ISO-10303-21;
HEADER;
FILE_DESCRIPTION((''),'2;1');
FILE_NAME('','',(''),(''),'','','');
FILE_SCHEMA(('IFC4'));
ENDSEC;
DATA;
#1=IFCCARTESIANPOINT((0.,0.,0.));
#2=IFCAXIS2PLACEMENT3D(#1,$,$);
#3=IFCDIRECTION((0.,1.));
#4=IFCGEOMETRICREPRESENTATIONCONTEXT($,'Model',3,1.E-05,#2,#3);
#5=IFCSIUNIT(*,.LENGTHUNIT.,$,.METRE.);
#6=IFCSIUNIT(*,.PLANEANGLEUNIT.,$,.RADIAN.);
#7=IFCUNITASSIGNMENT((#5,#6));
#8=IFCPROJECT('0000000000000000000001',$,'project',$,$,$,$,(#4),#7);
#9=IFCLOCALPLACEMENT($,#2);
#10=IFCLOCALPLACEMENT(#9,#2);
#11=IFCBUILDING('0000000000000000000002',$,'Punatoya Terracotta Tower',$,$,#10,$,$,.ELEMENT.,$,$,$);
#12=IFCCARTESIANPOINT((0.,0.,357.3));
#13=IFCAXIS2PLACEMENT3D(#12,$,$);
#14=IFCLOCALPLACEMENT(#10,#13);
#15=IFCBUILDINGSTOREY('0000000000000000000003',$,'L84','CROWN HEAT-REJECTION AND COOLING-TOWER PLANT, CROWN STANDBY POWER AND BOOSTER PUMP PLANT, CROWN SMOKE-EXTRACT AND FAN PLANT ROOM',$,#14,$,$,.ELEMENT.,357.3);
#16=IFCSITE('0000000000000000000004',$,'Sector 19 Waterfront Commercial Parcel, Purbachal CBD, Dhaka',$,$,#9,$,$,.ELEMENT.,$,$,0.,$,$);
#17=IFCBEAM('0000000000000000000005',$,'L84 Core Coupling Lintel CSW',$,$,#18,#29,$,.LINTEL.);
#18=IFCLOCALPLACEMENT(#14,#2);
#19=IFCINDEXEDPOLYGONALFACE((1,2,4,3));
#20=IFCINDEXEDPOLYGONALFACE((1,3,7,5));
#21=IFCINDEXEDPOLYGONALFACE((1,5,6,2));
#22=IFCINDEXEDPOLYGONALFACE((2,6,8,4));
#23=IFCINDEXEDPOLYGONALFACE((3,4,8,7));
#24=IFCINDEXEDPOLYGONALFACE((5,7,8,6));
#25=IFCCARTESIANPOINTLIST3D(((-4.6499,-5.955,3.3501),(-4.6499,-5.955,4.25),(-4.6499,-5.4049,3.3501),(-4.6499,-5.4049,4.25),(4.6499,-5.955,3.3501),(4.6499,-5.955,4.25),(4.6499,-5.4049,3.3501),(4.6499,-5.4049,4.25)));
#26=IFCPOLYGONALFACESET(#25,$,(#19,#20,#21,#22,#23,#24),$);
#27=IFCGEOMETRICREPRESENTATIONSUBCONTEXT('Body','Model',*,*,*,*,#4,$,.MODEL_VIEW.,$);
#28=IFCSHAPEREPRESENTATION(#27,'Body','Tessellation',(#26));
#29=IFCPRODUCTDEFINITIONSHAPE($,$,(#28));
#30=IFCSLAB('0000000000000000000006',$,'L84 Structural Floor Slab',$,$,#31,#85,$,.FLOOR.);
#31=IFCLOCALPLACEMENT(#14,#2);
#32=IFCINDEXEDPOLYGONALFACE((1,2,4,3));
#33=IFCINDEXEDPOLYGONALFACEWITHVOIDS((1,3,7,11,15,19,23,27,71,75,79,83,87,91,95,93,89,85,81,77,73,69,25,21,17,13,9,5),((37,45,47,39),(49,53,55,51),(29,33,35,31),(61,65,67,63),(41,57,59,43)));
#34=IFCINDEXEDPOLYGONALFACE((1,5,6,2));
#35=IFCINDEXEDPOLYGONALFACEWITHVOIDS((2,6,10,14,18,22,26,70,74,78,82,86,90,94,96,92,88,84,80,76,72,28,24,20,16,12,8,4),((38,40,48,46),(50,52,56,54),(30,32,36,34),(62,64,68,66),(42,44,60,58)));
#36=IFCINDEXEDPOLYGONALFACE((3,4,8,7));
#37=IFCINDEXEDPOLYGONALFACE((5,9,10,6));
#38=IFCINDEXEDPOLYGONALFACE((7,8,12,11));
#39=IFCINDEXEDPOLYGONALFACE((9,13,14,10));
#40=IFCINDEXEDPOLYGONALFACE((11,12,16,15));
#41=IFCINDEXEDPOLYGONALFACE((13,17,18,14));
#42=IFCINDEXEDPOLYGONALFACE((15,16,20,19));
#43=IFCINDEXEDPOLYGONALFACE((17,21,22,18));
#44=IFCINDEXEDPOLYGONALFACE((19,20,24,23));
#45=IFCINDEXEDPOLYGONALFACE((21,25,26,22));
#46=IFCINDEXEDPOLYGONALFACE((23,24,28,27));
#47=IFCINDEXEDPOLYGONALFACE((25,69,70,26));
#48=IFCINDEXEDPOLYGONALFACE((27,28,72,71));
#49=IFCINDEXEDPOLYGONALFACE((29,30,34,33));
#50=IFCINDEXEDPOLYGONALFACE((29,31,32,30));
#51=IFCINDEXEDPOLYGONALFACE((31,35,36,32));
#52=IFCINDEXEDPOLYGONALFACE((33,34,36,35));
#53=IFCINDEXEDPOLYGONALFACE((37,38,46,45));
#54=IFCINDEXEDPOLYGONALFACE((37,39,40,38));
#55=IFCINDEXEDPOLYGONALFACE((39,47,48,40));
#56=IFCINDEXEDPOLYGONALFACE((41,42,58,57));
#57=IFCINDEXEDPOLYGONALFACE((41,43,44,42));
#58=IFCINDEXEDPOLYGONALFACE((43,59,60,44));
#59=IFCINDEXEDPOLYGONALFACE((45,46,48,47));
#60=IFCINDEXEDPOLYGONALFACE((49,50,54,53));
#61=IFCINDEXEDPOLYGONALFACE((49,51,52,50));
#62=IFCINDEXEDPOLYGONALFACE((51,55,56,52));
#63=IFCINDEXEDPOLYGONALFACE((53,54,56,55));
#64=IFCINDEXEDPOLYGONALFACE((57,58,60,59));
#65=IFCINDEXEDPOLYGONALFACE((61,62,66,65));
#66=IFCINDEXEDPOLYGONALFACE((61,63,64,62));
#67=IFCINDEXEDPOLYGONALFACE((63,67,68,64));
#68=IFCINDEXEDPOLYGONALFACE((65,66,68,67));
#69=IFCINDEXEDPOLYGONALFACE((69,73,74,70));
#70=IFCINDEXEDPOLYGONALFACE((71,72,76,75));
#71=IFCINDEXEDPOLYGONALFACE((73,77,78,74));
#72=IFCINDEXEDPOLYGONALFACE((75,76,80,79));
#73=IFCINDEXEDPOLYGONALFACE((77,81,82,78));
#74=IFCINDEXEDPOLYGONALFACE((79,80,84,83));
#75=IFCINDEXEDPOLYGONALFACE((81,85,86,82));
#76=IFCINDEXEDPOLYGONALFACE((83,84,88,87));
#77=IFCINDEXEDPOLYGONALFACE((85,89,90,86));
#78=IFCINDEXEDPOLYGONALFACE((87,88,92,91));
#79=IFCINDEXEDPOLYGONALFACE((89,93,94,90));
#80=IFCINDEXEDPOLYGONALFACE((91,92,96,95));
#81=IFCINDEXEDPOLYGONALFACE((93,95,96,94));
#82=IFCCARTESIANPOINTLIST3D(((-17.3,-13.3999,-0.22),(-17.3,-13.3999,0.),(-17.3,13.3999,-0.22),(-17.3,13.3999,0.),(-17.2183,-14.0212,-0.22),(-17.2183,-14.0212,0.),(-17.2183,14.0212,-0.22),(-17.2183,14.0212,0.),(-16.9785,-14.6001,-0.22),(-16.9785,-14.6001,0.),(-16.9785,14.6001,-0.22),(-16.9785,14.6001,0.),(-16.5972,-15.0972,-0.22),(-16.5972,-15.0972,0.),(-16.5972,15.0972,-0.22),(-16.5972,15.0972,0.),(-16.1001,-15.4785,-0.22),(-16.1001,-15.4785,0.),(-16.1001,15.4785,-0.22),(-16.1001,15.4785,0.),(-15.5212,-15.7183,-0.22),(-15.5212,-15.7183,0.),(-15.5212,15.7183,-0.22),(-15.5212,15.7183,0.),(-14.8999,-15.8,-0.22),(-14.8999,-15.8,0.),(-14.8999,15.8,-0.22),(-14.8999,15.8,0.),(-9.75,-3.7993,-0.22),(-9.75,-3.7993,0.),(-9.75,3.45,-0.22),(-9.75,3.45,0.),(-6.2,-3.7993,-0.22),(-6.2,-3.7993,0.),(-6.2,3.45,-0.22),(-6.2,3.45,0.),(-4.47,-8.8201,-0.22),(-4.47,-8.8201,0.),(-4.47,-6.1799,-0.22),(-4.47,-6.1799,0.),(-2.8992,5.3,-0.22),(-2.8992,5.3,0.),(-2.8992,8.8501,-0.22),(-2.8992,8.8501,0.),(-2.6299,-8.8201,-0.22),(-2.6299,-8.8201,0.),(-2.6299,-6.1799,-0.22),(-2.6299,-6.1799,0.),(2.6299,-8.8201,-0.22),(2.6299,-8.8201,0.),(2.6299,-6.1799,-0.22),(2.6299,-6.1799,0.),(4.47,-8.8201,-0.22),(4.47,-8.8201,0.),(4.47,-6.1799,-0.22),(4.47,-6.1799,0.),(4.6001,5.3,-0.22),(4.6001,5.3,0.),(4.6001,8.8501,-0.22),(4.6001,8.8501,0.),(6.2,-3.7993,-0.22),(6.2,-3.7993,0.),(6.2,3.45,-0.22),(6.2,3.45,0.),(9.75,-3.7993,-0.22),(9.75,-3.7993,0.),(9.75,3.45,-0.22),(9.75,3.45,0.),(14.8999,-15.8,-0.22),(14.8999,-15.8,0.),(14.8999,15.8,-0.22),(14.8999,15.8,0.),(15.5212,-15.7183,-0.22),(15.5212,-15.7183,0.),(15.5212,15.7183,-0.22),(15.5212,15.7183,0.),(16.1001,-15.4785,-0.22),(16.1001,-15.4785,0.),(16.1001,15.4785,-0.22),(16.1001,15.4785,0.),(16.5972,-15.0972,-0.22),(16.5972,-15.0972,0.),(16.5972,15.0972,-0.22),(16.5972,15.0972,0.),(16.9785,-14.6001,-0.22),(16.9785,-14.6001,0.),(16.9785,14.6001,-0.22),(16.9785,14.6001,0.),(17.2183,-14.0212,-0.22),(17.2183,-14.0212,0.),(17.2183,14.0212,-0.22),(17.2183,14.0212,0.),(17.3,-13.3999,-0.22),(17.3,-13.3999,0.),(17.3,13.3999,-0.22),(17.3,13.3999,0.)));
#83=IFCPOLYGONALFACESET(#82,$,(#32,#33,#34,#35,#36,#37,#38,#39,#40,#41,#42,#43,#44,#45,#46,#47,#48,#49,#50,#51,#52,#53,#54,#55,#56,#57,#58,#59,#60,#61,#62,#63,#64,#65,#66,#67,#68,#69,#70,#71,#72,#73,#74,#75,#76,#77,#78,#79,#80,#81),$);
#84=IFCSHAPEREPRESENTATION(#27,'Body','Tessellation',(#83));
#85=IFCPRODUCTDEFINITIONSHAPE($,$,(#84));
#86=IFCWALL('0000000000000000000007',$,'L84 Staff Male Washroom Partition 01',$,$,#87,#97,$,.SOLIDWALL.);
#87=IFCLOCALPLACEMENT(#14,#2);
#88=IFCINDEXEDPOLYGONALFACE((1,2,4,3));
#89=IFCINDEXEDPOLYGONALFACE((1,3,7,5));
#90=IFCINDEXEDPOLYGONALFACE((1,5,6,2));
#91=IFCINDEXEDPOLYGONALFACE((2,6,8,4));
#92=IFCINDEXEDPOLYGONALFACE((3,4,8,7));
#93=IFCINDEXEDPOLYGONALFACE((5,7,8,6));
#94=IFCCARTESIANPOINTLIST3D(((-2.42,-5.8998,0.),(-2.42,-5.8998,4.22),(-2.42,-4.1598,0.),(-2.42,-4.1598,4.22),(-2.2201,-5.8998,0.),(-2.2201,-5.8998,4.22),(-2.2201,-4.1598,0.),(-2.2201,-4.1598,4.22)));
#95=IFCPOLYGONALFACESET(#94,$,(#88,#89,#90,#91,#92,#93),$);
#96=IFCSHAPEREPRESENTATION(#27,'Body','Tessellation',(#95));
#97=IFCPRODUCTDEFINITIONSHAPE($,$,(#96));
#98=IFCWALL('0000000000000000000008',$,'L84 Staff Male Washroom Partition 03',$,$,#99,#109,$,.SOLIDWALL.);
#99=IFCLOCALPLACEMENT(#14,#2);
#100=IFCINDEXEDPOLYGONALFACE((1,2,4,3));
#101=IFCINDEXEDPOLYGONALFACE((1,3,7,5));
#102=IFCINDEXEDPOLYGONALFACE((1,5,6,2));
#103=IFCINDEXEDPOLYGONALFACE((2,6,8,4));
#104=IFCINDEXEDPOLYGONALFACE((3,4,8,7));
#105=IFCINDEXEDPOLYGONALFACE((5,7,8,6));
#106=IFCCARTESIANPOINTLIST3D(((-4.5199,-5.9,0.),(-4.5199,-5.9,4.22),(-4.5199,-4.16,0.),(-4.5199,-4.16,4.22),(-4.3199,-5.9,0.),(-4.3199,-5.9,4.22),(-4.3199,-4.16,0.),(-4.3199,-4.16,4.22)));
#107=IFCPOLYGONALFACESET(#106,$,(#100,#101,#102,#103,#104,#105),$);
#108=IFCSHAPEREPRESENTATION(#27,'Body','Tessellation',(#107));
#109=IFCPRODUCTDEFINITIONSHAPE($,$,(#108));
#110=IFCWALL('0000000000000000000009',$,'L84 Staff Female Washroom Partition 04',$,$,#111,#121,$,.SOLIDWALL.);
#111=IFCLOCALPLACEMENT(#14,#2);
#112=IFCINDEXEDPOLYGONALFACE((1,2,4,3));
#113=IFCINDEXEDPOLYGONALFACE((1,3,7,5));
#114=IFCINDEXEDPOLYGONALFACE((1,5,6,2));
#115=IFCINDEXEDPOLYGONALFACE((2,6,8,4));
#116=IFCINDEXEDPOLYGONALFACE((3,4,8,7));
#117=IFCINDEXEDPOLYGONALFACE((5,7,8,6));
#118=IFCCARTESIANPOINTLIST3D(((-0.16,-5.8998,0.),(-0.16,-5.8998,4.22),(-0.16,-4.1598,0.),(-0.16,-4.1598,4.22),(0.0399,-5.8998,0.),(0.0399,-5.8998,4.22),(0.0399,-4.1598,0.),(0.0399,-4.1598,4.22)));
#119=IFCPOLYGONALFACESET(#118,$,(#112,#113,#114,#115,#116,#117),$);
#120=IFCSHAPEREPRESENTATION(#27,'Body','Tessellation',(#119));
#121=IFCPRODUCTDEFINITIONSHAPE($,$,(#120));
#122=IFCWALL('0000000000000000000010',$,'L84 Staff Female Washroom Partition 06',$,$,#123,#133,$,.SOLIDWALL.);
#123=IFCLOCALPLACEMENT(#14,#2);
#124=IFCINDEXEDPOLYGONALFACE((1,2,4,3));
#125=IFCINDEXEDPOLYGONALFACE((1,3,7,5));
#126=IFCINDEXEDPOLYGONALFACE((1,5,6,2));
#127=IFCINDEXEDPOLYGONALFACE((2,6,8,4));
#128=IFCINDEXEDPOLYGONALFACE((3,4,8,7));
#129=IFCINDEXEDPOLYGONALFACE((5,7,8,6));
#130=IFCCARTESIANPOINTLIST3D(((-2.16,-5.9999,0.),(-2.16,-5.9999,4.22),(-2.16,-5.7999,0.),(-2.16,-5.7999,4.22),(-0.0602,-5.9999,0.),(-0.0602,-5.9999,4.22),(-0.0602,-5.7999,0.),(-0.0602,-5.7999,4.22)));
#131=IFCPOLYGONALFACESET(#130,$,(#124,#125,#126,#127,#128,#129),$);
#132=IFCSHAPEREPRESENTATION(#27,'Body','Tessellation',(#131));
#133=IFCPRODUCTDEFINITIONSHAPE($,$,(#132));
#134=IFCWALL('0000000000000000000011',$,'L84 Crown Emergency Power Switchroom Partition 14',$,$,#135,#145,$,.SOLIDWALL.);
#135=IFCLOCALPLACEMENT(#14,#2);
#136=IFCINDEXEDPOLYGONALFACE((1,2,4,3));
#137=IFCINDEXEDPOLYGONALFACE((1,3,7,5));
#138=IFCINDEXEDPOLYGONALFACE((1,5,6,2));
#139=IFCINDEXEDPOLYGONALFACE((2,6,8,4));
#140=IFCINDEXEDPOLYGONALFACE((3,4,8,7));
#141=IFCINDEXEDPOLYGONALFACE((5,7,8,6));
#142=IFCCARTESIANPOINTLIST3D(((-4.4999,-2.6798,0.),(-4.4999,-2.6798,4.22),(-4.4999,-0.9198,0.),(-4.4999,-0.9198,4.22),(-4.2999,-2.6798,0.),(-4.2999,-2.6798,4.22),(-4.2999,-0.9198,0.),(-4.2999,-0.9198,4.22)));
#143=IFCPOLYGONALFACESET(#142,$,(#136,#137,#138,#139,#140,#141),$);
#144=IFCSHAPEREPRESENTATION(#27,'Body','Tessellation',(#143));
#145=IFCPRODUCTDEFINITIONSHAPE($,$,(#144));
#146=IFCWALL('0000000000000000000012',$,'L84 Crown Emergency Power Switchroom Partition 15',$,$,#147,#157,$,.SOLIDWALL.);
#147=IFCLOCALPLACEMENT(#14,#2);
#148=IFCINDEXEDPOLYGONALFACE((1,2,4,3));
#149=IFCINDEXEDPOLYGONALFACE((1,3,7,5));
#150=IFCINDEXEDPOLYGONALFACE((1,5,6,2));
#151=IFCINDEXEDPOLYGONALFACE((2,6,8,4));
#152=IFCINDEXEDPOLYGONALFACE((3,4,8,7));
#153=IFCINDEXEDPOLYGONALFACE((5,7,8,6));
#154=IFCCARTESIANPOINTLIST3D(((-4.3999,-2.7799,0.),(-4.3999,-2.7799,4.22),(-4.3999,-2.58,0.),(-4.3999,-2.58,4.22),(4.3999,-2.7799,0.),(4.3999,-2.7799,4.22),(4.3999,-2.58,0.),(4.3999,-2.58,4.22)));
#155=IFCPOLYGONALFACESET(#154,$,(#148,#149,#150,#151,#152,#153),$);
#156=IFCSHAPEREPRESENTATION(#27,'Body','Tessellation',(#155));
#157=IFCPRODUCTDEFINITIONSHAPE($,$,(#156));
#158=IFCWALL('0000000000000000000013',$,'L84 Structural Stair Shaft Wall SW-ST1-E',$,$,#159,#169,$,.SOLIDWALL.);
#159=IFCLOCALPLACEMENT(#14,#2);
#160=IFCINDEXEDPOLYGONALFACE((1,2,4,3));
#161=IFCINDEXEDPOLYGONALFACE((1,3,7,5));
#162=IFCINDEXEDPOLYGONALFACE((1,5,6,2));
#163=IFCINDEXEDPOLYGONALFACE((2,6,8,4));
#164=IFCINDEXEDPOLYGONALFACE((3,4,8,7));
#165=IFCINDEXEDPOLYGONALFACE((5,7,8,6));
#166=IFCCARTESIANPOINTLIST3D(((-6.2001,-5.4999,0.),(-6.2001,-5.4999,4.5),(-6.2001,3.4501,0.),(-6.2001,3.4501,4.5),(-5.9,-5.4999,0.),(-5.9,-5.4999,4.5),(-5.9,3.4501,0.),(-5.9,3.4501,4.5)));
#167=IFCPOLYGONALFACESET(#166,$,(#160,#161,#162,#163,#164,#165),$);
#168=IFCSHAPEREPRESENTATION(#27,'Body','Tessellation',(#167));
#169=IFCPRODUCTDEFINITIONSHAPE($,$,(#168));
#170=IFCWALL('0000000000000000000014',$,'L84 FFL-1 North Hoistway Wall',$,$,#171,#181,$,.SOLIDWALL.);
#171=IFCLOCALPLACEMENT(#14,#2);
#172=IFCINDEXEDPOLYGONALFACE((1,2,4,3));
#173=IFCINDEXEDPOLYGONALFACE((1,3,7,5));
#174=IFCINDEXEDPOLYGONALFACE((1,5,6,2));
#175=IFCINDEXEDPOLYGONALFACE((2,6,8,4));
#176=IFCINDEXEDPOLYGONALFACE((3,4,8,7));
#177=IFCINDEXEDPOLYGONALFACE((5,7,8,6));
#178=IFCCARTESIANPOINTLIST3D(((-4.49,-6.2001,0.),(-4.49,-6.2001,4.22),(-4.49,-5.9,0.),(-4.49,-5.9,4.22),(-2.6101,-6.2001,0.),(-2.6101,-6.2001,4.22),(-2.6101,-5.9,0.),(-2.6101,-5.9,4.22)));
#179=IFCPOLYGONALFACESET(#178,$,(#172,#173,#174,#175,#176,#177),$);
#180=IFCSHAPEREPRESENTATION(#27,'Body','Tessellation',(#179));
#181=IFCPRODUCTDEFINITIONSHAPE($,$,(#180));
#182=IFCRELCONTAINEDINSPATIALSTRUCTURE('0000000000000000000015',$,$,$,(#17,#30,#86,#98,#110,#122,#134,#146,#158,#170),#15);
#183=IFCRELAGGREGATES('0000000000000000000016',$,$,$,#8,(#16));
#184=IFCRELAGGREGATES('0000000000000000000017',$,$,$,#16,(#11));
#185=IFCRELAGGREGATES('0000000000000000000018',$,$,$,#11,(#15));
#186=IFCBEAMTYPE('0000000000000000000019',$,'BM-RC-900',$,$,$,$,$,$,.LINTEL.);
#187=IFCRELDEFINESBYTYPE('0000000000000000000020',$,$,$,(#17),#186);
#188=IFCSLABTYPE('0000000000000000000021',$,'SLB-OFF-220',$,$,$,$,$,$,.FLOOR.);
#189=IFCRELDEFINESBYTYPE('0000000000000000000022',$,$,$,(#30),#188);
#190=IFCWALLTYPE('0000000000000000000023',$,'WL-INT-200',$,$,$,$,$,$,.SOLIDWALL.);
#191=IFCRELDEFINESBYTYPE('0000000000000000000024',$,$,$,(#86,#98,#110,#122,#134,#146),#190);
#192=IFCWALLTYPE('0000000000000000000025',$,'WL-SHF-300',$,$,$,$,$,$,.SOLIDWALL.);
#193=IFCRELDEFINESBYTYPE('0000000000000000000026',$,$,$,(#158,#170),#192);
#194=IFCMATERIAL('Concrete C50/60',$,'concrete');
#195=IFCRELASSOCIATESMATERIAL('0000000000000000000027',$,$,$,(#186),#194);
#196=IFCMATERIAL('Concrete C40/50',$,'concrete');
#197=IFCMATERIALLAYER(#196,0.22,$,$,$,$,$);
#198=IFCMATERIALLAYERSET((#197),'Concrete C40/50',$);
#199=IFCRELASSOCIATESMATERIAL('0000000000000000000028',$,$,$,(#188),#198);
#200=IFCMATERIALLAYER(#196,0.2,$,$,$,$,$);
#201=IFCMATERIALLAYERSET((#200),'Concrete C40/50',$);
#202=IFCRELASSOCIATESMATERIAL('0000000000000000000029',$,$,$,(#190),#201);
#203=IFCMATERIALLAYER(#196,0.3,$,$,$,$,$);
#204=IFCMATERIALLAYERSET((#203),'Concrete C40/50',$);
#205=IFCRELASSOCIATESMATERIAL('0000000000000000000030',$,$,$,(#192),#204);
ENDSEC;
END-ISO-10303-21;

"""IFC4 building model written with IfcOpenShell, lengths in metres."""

from ifc_helpers import new_model, si_unit, direction, frame, frame_2d, origin, origin_2d, place, context, subcontext, project, spatial, polyline, rectangle, outline, extrude, material, layer, layer_set, material_profile, profile_set, type_object, element, save


model = new_model("IFC4")

# Units and contexts
model_context = context("Model", 3, precision=1e-05, world=origin(), true_north=direction((0.0, 1.0)))
body_context = subcontext(model_context, "Body", "Model", "MODEL_VIEW")
ifc_project = project(units=[si_unit("LENGTHUNIT", "METRE"), si_unit("PLANEANGLEUNIT", "RADIAN")], contexts=[model_context])

# Site, building, storey
site_placement = place(None, origin())
site = spatial("IfcSite", under=ifc_project, at=site_placement, Name="Sector 19 Waterfront Commercial Parcel, Purbachal CBD, Dhaka", CompositionType="ELEMENT", RefElevation=0.0)
building_placement = place(site_placement, origin())
building = spatial("IfcBuilding", under=site, at=building_placement, Name="Punatoya Terracotta Tower", CompositionType="ELEMENT")
storey_placement = place(building_placement, frame((0.0, 0.0, 357.3)))
storey = spatial("IfcBuildingStorey", under=building, at=storey_placement, Name="L84", Description="CROWN HEAT-REJECTION AND COOLING-TOWER PLANT, CROWN STANDBY POWER AND BOOSTER PUMP PLANT, CROWN SMOKE-EXTRACT AND FAN PLANT ROOM", CompositionType="ELEMENT", Elevation=357.3)

# Beam
ifc_material_1 = material(Name="Concrete C50/60", Category="concrete")
ifc_material_profile = material_profile(ifc_material_1, rectangle(XDim=0.55, YDim=0.8999, at=origin_2d()))
ifc_profile_set = profile_set([ifc_material_profile], Name="Concrete C50/60")
beam_type = type_object("IfcBeamType", Name="BM-RC-900", PredefinedType="LINTEL", material=ifc_profile_set)
beam_placement = place(storey_placement, frame((-4.6499, -5.6799, 3.8), z_axis=(1.0, 0.0, 0.0), x_axis=(0.0, 1.0, 0.0)))
element("IfcBeam", 1, at=beam_placement, inside=storey, type_object=beam_type, Name="L84 Core Coupling Lintel CSW", PredefinedType="LINTEL", context=body_context, shape_type="SweptSolid", body=[
    extrude(rectangle(XDim=0.55, YDim=0.8999, at=origin_2d()), origin(), (0.0, 0.0, 1.0), 9.2998),
])

# Slab
ifc_material_2 = material(Name="Concrete C40/50", Category="concrete")
ifc_layer_1 = layer(ifc_material_2, 0.22)
ifc_layer_set_1 = layer_set([ifc_layer_1], Name="Concrete C40/50")
slab_type = type_object("IfcSlabType", Name="SLB-OFF-220", PredefinedType="FLOOR", material=ifc_layer_set_1)
slab_placement = place(storey_placement, frame((0.0, 0.0, -0.22)))
element("IfcSlab", 2, at=slab_placement, inside=storey, type_object=slab_type, Name="L84 Structural Floor Slab", PredefinedType="FLOOR", context=body_context, shape_type="SweptSolid", body=[
    extrude(outline(polyline([(-14.8999, -15.8), (-15.5212, -15.7183), (-16.1001, -15.4785), (-16.5972, -15.0972), (-16.9785, -14.6001), (-17.2183, -14.0212), (-17.3, -13.3999), (-17.3, 13.3999), (-17.2183, 14.0212), (-16.9785, 14.6001), (-16.5972, 15.0972), (-16.1001, 15.4785), (-15.5212, 15.7183), (-14.8999, 15.8), (14.8999, 15.8), (15.5212, 15.7183), (16.1001, 15.4785), (16.5972, 15.0972), (16.9785, 14.6001), (17.2183, 14.0212), (17.3, 13.3999), (17.3, -13.3999), (17.2183, -14.0212), (16.9785, -14.6001), (16.5972, -15.0972), (16.1001, -15.4785), (15.5212, -15.7183), (14.8999, -15.8), (-14.8999, -15.8)]), holes=[polyline([(-4.47, -6.1799), (-4.47, -8.8201), (-2.6299, -8.8201), (-2.6299, -6.1799), (-4.47, -6.1799)]), polyline([(2.6299, -6.1799), (2.6299, -8.8201), (4.47, -8.8201), (4.47, -6.1799), (2.6299, -6.1799)]), polyline([(-9.75, -3.7993), (-6.2, -3.7993), (-6.2, 3.45), (-9.75, 3.45), (-9.75, -3.7993)]), polyline([(6.2, 3.45), (6.2, -3.7993), (9.75, -3.7993), (9.75, 3.45), (6.2, 3.45)]), polyline([(4.6001, 8.8501), (-2.8992, 8.8501), (-2.8992, 5.3), (4.6001, 5.3), (4.6001, 8.8501)])]), origin(), (0.0, 0.0, 1.0), 0.22),
])

# Wall
ifc_layer_2 = layer(ifc_material_2, 0.2)
ifc_layer_set_2 = layer_set([ifc_layer_2], Name="Concrete C40/50")
wall_type_1 = type_object("IfcWallType", Name="WL-INT-200", PredefinedType="SOLIDWALL", material=ifc_layer_set_2)
wall_1_placement = place(storey_placement, frame((-2.3201, -5.8999, 0.0), z_axis=(0.0, 0.0, 1.0), x_axis=(0.0, 1.0, 0.0)))
element("IfcWall", 3, at=wall_1_placement, inside=storey, type_object=wall_type_1, Name="L84 Staff Male Washroom Partition 01", PredefinedType="SOLIDWALL", context=body_context, shape_type="SweptSolid", body=[
    extrude(rectangle(XDim=1.74, YDim=0.2, at=frame_2d((0.8701, 0.0))), origin(), (0.0, 0.0, 1.0), 4.22),
])

# Walls
for number, where, z_axis, x_axis, name in (
    (4, (-4.4199, -4.1599, 0.0), (0.0, 0.0, 1.0), (0.0, -1.0, 0.0), "L84 Staff Male Washroom Partition 03"),
    (5, (-0.0601, -5.8999, 0.0), (0.0, 0.0, 1.0), (0.0, 1.0, 0.0), "L84 Staff Female Washroom Partition 04"),
):
    element("IfcWall", number, at=place(storey_placement, frame(where, z_axis=z_axis, x_axis=x_axis)), inside=storey, type_object=wall_type_1, Name=name, PredefinedType="SOLIDWALL", context=body_context, shape_type="SweptSolid", body=[
        extrude(rectangle(XDim=1.74, YDim=0.2, at=frame_2d((0.8701, 0.0))), origin(), (0.0, 0.0, 1.0), 4.22),
    ])

# Walls
wall_2_placement = place(storey_placement, frame((-2.1599, -5.8999, 0.0), z_axis=(0.0, 0.0, 1.0), x_axis=(1.0, 0.0, 0.0)))
element("IfcWall", 6, at=wall_2_placement, inside=storey, type_object=wall_type_1, Name="L84 Staff Female Washroom Partition 06", PredefinedType="SOLIDWALL", context=body_context, shape_type="SweptSolid", body=[
    extrude(rectangle(XDim=2.0999, YDim=0.2, at=frame_2d((1.0498, 0.0))), origin(), (0.0, 0.0, 1.0), 4.22),
])
wall_3_placement = place(storey_placement, frame((-4.3999, -0.9199, 0.0), z_axis=(0.0, 0.0, 1.0), x_axis=(0.0, -1.0, 0.0)))
element("IfcWall", 7, at=wall_3_placement, inside=storey, type_object=wall_type_1, Name="L84 Crown Emergency Power Switchroom Partition 14", PredefinedType="SOLIDWALL", context=body_context, shape_type="SweptSolid", body=[
    extrude(rectangle(XDim=1.76, YDim=0.2, at=frame_2d((0.8799, 0.0))), origin(), (0.0, 0.0, 1.0), 4.22),
])
wall_4_placement = place(storey_placement, frame((-4.3999, -2.6799, 0.0), z_axis=(0.0, 0.0, 1.0), x_axis=(1.0, 0.0, 0.0)))
element("IfcWall", 8, at=wall_4_placement, inside=storey, type_object=wall_type_1, Name="L84 Crown Emergency Power Switchroom Partition 15", PredefinedType="SOLIDWALL", context=body_context, shape_type="SweptSolid", body=[
    extrude(rectangle(XDim=8.7998, YDim=0.2, at=frame_2d((4.3999, 0.0))), origin(), (0.0, 0.0, 1.0), 4.22),
])
ifc_layer_3 = layer(ifc_material_2, 0.3)
ifc_layer_set_3 = layer_set([ifc_layer_3], Name="Concrete C40/50")
wall_type_2 = type_object("IfcWallType", Name="WL-SHF-300", PredefinedType="SOLIDWALL", material=ifc_layer_set_3)
wall_5_placement = place(storey_placement, frame((-6.05, -5.5, 0.0), z_axis=(0.0, 0.0, 1.0), x_axis=(0.0, 1.0, 0.0)))
element("IfcWall", 9, at=wall_5_placement, inside=storey, type_object=wall_type_2, Name="L84 Structural Stair Shaft Wall SW-ST1-E", PredefinedType="SOLIDWALL", context=body_context, shape_type="SweptSolid", body=[
    extrude(rectangle(XDim=8.95, YDim=0.3, at=frame_2d((4.4751, 0.0))), origin(), (0.0, 0.0, 1.0), 4.5),
])
wall_6_placement = place(storey_placement, frame((-4.49, -6.05, 0.0), z_axis=(0.0, 0.0, 1.0), x_axis=(1.0, 0.0, 0.0)))
element("IfcWall", 10, at=wall_6_placement, inside=storey, type_object=wall_type_2, Name="L84 FFL-1 North Hoistway Wall", PredefinedType="SOLIDWALL", context=body_context, shape_type="SweptSolid", body=[
    extrude(rectangle(XDim=1.8799, YDim=0.3, at=frame_2d((0.9399, 0.0))), origin(), (0.0, 0.0, 1.0), 4.22),
])

save(model, "model.ifc")
